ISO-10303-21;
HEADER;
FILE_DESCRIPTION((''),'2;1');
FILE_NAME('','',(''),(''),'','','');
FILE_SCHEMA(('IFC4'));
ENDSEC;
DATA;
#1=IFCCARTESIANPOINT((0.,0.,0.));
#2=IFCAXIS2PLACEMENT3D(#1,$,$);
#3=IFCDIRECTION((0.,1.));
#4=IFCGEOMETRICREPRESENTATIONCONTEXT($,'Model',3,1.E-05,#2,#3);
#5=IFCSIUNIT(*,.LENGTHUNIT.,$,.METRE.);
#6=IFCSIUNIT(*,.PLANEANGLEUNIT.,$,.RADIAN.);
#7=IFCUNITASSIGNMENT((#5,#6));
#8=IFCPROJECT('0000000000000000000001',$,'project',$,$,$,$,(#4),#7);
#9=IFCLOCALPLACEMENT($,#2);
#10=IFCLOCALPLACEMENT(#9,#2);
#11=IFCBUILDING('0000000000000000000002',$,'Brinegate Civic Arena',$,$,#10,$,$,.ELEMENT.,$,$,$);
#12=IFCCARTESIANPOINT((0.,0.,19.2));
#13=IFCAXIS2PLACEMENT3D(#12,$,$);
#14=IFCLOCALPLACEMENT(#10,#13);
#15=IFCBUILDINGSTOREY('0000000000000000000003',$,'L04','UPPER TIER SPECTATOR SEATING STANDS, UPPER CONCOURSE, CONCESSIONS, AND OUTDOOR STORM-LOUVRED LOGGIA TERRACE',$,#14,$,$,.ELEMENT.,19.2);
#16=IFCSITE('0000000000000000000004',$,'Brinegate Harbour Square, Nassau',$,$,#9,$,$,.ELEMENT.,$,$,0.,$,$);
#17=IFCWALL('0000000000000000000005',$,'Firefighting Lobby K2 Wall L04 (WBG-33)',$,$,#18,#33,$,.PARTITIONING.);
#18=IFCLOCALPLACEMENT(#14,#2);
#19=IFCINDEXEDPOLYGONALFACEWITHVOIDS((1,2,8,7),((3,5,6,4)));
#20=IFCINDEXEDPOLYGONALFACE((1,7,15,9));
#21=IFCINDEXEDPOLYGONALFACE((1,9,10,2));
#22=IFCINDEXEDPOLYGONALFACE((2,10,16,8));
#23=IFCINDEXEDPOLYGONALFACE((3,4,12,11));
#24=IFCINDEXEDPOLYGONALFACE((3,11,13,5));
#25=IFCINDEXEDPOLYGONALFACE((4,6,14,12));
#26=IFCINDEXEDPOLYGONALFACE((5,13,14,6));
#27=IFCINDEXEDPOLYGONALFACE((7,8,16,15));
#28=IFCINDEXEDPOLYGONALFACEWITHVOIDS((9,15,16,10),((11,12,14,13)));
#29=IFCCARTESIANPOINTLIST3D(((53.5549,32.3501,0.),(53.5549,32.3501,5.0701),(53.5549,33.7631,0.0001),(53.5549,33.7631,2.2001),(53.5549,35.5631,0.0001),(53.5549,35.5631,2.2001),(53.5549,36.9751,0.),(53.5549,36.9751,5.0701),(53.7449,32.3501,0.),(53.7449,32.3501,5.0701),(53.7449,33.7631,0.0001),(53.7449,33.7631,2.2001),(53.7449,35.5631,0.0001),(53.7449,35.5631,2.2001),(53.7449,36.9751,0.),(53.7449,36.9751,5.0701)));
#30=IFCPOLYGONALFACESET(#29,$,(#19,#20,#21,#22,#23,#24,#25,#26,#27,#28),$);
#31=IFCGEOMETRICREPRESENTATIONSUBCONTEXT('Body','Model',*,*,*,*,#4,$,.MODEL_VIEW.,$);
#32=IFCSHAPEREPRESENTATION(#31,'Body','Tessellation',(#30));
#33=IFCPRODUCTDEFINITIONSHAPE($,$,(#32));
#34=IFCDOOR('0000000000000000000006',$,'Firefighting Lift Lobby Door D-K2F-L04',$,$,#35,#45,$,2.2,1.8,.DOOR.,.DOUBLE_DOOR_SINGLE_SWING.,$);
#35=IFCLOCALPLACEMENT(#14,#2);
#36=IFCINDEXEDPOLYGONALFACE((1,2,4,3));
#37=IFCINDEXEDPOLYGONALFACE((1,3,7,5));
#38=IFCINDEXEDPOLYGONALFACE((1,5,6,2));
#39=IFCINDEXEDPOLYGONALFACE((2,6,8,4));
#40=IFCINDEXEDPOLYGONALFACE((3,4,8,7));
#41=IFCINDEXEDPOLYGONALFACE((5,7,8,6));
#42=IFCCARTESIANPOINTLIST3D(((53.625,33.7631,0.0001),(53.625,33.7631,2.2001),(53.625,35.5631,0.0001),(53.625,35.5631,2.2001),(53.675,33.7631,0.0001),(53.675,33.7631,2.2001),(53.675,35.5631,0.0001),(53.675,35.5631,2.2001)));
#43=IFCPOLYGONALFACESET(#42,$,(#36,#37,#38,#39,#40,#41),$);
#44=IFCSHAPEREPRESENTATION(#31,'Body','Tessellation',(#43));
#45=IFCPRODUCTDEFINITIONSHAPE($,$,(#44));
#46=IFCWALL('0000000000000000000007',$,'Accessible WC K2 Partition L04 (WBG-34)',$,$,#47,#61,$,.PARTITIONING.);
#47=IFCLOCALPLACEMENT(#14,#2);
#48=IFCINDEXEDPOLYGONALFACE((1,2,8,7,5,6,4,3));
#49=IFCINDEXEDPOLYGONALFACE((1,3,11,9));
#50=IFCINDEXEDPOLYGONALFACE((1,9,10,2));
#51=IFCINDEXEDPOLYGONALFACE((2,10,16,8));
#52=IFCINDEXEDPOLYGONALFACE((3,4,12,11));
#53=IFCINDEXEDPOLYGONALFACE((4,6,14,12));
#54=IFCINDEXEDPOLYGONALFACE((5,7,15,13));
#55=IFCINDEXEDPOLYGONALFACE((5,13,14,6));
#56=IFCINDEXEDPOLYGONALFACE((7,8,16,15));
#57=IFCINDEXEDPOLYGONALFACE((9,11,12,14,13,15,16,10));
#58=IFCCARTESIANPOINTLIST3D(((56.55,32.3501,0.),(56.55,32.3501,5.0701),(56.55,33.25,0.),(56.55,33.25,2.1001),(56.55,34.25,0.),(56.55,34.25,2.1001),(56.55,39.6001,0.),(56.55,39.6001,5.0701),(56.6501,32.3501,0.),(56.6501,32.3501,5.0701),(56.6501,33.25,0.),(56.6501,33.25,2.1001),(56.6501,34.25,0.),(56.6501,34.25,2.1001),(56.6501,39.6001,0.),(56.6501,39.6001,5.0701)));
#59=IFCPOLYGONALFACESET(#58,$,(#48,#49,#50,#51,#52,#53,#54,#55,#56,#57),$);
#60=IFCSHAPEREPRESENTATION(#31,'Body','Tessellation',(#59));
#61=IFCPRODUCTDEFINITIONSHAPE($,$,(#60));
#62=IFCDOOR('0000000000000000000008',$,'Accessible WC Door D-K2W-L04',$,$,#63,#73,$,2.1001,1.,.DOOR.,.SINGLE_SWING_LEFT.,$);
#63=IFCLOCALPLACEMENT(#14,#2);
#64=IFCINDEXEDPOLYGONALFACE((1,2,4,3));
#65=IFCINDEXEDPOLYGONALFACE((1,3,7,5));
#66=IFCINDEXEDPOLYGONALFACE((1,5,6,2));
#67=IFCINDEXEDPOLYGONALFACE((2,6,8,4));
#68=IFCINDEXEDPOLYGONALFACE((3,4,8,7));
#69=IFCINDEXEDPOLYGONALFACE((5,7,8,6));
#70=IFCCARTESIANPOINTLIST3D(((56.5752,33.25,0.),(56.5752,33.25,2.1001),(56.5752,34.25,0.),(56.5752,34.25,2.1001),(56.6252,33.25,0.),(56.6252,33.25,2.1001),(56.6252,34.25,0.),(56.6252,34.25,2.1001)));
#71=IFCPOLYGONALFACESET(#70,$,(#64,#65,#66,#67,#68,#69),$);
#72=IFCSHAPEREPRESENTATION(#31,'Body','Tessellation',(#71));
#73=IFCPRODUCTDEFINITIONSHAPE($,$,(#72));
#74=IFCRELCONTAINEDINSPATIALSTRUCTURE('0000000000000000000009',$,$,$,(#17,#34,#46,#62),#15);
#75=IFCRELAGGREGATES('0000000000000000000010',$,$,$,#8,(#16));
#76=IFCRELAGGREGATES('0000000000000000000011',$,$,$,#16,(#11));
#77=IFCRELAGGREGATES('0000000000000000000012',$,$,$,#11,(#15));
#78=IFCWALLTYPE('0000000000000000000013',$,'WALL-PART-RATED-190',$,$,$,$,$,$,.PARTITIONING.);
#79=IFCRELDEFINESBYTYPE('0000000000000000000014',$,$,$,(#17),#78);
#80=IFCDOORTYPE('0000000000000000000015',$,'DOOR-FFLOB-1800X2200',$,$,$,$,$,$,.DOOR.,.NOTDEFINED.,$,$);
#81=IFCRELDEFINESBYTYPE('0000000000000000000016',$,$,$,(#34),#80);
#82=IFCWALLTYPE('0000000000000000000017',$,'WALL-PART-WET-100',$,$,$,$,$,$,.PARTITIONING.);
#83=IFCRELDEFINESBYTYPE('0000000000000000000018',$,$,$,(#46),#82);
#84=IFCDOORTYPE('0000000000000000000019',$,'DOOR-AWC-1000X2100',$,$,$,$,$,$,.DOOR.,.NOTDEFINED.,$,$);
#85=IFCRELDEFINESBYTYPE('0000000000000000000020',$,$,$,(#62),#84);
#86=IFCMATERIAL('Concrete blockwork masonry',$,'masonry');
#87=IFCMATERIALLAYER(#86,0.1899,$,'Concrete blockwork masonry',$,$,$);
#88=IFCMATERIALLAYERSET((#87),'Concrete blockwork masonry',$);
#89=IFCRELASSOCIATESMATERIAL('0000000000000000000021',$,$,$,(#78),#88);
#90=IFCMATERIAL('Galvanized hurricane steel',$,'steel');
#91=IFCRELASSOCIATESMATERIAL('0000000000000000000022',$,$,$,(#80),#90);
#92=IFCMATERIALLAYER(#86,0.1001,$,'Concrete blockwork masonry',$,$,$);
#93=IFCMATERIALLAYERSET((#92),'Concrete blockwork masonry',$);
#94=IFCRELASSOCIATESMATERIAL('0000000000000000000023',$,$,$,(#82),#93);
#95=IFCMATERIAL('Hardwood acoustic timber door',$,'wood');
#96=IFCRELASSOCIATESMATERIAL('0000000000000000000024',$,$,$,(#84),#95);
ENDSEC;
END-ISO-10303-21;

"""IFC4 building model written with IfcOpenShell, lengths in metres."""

from ifc_helpers import new_model, si_unit, direction, frame, frame_2d, origin, place, context, subcontext, project, spatial, rectangle, extrude, material, layer, layer_set, type_object, element, fill, save


model = new_model("IFC4")

# Units and contexts
model_context = context("Model", 3, precision=1e-05, world=origin(), true_north=direction((0.0, 1.0)))
body_context = subcontext(model_context, "Body", "Model", "MODEL_VIEW")
ifc_project = project(units=[si_unit("LENGTHUNIT", "METRE"), si_unit("PLANEANGLEUNIT", "RADIAN")], contexts=[model_context])

# Site, building, storey
site_placement = place(None, origin())
site = spatial("IfcSite", under=ifc_project, at=site_placement, Name="Brinegate Harbour Square, Nassau", CompositionType="ELEMENT", RefElevation=0.0)
building_placement = place(site_placement, origin())
building = spatial("IfcBuilding", under=site, at=building_placement, Name="Brinegate Civic Arena", CompositionType="ELEMENT")
storey_placement = place(building_placement, frame((0.0, 0.0, 19.2)))
storey = spatial("IfcBuildingStorey", under=building, at=storey_placement, Name="L04", Description="UPPER TIER SPECTATOR SEATING STANDS, UPPER CONCOURSE, CONCESSIONS, AND OUTDOOR STORM-LOUVRED LOGGIA TERRACE", CompositionType="ELEMENT", Elevation=19.2)

# Walls, openings, doors
ifc_material_1 = material(Name="Concrete blockwork masonry", Category="masonry")
ifc_layer_1 = layer(ifc_material_1, 0.1899, Name="Concrete blockwork masonry")
ifc_layer_set_1 = layer_set([ifc_layer_1], Name="Concrete blockwork masonry")
wall_type_1 = type_object("IfcWallType", Name="WALL-PART-RATED-190", PredefinedType="PARTITIONING", material=ifc_layer_set_1)
wall_1_placement = place(storey_placement, frame((53.6499, 32.3501, 0.0), z_axis=(0.0, 0.0, 1.0), x_axis=(0.0, 1.0, 0.0)))
wall_1 = element("IfcWall", 1, at=wall_1_placement, inside=storey, type_object=wall_type_1, Name="Firefighting Lobby K2 Wall L04 (WBG-33)", PredefinedType="PARTITIONING", context=body_context, shape_type="SweptSolid", body=[
    extrude(rectangle(XDim=4.625, YDim=0.1899, at=frame_2d((2.3125, 0.0))), origin(), (0.0, 0.0, 1.0), 5.0701),
])
opening_1_placement = place(wall_1_placement, frame((1.4131, 0.0, 0.0)))
opening_1 = element("IfcOpeningElement", 2, at=opening_1_placement, cuts=wall_1, PredefinedType="OPENING", context=body_context, shape_type="SweptSolid", body=[
    extrude(rectangle(XDim=1.8, YDim=2.2, at=frame_2d((0.8999, 1.1001))), frame((0.0, 0.105, 0.0), z_axis=(0.0, -1.0, 0.0), x_axis=(1.0, 0.0, 0.0)), (0.0, 0.0, 1.0), 0.21),
])
ifc_material_2 = material(Name="Galvanized hurricane steel", Category="steel")
door_type_1 = type_object("IfcDoorType", Name="DOOR-FFLOB-1800X2200", OperationType="NOTDEFINED", PredefinedType="DOOR", material=ifc_material_2)
door_1_placement = place(opening_1_placement, origin())
door_1 = element("IfcDoor", 3, at=door_1_placement, inside=storey, type_object=door_type_1, Name="Firefighting Lift Lobby Door D-K2F-L04", OperationType="DOUBLE_DOOR_SINGLE_SWING", OverallHeight=2.2, OverallWidth=1.8, PredefinedType="DOOR", context=body_context, shape_type="SweptSolid", body=[
    extrude(rectangle(XDim=1.8, YDim=2.2, at=frame_2d((0.8999, 1.1001))), frame((0.0, 0.0249, 0.0), z_axis=(0.0, -1.0, 0.0), x_axis=(1.0, 0.0, 0.0)), (0.0, 0.0, 1.0), 0.05),
])
fill(opening_1, door_1)
ifc_layer_2 = layer(ifc_material_1, 0.1001, Name="Concrete blockwork masonry")
ifc_layer_set_2 = layer_set([ifc_layer_2], Name="Concrete blockwork masonry")
wall_type_2 = type_object("IfcWallType", Name="WALL-PART-WET-100", PredefinedType="PARTITIONING", material=ifc_layer_set_2)
wall_2_placement = place(storey_placement, frame((56.6001, 32.3501, 0.0), z_axis=(0.0, 0.0, 1.0), x_axis=(0.0, 1.0, 0.0)))
wall_2 = element("IfcWall", 4, at=wall_2_placement, inside=storey, type_object=wall_type_2, Name="Accessible WC K2 Partition L04 (WBG-34)", PredefinedType="PARTITIONING", context=body_context, shape_type="SweptSolid", body=[
    extrude(rectangle(XDim=7.25, YDim=0.1001, at=frame_2d((3.625, 0.0))), origin(), (0.0, 0.0, 1.0), 5.0701),
])
opening_2_placement = place(wall_2_placement, frame((0.8999, 0.0, 0.0)))
opening_2 = element("IfcOpeningElement", 5, at=opening_2_placement, cuts=wall_2, PredefinedType="OPENING", context=body_context, shape_type="SweptSolid", body=[
    extrude(rectangle(XDim=1.0, YDim=2.1001, at=frame_2d((0.5, 1.05))), frame((0.0, 0.0601, 0.0), z_axis=(0.0, -1.0, 0.0), x_axis=(1.0, 0.0, 0.0)), (0.0, 0.0, 1.0), 0.1201),
])
ifc_material_3 = material(Name="Hardwood acoustic timber door", Category="wood")
door_type_2 = type_object("IfcDoorType", Name="DOOR-AWC-1000X2100", OperationType="NOTDEFINED", PredefinedType="DOOR", material=ifc_material_3)
door_2_placement = place(opening_2_placement, origin())
door_2 = element("IfcDoor", 6, at=door_2_placement, inside=storey, type_object=door_type_2, Name="Accessible WC Door D-K2W-L04", OperationType="SINGLE_SWING_LEFT", OverallHeight=2.1001, OverallWidth=1.0, PredefinedType="DOOR", context=body_context, shape_type="SweptSolid", body=[
    extrude(rectangle(XDim=1.0, YDim=2.1001, at=frame_2d((0.5, 1.05))), frame((0.0, 0.0249, 0.0), z_axis=(0.0, -1.0, 0.0), x_axis=(1.0, 0.0, 0.0)), (0.0, 0.0, 1.0), 0.05),
])
fill(opening_2, door_2)

save(model, "model.ifc")
